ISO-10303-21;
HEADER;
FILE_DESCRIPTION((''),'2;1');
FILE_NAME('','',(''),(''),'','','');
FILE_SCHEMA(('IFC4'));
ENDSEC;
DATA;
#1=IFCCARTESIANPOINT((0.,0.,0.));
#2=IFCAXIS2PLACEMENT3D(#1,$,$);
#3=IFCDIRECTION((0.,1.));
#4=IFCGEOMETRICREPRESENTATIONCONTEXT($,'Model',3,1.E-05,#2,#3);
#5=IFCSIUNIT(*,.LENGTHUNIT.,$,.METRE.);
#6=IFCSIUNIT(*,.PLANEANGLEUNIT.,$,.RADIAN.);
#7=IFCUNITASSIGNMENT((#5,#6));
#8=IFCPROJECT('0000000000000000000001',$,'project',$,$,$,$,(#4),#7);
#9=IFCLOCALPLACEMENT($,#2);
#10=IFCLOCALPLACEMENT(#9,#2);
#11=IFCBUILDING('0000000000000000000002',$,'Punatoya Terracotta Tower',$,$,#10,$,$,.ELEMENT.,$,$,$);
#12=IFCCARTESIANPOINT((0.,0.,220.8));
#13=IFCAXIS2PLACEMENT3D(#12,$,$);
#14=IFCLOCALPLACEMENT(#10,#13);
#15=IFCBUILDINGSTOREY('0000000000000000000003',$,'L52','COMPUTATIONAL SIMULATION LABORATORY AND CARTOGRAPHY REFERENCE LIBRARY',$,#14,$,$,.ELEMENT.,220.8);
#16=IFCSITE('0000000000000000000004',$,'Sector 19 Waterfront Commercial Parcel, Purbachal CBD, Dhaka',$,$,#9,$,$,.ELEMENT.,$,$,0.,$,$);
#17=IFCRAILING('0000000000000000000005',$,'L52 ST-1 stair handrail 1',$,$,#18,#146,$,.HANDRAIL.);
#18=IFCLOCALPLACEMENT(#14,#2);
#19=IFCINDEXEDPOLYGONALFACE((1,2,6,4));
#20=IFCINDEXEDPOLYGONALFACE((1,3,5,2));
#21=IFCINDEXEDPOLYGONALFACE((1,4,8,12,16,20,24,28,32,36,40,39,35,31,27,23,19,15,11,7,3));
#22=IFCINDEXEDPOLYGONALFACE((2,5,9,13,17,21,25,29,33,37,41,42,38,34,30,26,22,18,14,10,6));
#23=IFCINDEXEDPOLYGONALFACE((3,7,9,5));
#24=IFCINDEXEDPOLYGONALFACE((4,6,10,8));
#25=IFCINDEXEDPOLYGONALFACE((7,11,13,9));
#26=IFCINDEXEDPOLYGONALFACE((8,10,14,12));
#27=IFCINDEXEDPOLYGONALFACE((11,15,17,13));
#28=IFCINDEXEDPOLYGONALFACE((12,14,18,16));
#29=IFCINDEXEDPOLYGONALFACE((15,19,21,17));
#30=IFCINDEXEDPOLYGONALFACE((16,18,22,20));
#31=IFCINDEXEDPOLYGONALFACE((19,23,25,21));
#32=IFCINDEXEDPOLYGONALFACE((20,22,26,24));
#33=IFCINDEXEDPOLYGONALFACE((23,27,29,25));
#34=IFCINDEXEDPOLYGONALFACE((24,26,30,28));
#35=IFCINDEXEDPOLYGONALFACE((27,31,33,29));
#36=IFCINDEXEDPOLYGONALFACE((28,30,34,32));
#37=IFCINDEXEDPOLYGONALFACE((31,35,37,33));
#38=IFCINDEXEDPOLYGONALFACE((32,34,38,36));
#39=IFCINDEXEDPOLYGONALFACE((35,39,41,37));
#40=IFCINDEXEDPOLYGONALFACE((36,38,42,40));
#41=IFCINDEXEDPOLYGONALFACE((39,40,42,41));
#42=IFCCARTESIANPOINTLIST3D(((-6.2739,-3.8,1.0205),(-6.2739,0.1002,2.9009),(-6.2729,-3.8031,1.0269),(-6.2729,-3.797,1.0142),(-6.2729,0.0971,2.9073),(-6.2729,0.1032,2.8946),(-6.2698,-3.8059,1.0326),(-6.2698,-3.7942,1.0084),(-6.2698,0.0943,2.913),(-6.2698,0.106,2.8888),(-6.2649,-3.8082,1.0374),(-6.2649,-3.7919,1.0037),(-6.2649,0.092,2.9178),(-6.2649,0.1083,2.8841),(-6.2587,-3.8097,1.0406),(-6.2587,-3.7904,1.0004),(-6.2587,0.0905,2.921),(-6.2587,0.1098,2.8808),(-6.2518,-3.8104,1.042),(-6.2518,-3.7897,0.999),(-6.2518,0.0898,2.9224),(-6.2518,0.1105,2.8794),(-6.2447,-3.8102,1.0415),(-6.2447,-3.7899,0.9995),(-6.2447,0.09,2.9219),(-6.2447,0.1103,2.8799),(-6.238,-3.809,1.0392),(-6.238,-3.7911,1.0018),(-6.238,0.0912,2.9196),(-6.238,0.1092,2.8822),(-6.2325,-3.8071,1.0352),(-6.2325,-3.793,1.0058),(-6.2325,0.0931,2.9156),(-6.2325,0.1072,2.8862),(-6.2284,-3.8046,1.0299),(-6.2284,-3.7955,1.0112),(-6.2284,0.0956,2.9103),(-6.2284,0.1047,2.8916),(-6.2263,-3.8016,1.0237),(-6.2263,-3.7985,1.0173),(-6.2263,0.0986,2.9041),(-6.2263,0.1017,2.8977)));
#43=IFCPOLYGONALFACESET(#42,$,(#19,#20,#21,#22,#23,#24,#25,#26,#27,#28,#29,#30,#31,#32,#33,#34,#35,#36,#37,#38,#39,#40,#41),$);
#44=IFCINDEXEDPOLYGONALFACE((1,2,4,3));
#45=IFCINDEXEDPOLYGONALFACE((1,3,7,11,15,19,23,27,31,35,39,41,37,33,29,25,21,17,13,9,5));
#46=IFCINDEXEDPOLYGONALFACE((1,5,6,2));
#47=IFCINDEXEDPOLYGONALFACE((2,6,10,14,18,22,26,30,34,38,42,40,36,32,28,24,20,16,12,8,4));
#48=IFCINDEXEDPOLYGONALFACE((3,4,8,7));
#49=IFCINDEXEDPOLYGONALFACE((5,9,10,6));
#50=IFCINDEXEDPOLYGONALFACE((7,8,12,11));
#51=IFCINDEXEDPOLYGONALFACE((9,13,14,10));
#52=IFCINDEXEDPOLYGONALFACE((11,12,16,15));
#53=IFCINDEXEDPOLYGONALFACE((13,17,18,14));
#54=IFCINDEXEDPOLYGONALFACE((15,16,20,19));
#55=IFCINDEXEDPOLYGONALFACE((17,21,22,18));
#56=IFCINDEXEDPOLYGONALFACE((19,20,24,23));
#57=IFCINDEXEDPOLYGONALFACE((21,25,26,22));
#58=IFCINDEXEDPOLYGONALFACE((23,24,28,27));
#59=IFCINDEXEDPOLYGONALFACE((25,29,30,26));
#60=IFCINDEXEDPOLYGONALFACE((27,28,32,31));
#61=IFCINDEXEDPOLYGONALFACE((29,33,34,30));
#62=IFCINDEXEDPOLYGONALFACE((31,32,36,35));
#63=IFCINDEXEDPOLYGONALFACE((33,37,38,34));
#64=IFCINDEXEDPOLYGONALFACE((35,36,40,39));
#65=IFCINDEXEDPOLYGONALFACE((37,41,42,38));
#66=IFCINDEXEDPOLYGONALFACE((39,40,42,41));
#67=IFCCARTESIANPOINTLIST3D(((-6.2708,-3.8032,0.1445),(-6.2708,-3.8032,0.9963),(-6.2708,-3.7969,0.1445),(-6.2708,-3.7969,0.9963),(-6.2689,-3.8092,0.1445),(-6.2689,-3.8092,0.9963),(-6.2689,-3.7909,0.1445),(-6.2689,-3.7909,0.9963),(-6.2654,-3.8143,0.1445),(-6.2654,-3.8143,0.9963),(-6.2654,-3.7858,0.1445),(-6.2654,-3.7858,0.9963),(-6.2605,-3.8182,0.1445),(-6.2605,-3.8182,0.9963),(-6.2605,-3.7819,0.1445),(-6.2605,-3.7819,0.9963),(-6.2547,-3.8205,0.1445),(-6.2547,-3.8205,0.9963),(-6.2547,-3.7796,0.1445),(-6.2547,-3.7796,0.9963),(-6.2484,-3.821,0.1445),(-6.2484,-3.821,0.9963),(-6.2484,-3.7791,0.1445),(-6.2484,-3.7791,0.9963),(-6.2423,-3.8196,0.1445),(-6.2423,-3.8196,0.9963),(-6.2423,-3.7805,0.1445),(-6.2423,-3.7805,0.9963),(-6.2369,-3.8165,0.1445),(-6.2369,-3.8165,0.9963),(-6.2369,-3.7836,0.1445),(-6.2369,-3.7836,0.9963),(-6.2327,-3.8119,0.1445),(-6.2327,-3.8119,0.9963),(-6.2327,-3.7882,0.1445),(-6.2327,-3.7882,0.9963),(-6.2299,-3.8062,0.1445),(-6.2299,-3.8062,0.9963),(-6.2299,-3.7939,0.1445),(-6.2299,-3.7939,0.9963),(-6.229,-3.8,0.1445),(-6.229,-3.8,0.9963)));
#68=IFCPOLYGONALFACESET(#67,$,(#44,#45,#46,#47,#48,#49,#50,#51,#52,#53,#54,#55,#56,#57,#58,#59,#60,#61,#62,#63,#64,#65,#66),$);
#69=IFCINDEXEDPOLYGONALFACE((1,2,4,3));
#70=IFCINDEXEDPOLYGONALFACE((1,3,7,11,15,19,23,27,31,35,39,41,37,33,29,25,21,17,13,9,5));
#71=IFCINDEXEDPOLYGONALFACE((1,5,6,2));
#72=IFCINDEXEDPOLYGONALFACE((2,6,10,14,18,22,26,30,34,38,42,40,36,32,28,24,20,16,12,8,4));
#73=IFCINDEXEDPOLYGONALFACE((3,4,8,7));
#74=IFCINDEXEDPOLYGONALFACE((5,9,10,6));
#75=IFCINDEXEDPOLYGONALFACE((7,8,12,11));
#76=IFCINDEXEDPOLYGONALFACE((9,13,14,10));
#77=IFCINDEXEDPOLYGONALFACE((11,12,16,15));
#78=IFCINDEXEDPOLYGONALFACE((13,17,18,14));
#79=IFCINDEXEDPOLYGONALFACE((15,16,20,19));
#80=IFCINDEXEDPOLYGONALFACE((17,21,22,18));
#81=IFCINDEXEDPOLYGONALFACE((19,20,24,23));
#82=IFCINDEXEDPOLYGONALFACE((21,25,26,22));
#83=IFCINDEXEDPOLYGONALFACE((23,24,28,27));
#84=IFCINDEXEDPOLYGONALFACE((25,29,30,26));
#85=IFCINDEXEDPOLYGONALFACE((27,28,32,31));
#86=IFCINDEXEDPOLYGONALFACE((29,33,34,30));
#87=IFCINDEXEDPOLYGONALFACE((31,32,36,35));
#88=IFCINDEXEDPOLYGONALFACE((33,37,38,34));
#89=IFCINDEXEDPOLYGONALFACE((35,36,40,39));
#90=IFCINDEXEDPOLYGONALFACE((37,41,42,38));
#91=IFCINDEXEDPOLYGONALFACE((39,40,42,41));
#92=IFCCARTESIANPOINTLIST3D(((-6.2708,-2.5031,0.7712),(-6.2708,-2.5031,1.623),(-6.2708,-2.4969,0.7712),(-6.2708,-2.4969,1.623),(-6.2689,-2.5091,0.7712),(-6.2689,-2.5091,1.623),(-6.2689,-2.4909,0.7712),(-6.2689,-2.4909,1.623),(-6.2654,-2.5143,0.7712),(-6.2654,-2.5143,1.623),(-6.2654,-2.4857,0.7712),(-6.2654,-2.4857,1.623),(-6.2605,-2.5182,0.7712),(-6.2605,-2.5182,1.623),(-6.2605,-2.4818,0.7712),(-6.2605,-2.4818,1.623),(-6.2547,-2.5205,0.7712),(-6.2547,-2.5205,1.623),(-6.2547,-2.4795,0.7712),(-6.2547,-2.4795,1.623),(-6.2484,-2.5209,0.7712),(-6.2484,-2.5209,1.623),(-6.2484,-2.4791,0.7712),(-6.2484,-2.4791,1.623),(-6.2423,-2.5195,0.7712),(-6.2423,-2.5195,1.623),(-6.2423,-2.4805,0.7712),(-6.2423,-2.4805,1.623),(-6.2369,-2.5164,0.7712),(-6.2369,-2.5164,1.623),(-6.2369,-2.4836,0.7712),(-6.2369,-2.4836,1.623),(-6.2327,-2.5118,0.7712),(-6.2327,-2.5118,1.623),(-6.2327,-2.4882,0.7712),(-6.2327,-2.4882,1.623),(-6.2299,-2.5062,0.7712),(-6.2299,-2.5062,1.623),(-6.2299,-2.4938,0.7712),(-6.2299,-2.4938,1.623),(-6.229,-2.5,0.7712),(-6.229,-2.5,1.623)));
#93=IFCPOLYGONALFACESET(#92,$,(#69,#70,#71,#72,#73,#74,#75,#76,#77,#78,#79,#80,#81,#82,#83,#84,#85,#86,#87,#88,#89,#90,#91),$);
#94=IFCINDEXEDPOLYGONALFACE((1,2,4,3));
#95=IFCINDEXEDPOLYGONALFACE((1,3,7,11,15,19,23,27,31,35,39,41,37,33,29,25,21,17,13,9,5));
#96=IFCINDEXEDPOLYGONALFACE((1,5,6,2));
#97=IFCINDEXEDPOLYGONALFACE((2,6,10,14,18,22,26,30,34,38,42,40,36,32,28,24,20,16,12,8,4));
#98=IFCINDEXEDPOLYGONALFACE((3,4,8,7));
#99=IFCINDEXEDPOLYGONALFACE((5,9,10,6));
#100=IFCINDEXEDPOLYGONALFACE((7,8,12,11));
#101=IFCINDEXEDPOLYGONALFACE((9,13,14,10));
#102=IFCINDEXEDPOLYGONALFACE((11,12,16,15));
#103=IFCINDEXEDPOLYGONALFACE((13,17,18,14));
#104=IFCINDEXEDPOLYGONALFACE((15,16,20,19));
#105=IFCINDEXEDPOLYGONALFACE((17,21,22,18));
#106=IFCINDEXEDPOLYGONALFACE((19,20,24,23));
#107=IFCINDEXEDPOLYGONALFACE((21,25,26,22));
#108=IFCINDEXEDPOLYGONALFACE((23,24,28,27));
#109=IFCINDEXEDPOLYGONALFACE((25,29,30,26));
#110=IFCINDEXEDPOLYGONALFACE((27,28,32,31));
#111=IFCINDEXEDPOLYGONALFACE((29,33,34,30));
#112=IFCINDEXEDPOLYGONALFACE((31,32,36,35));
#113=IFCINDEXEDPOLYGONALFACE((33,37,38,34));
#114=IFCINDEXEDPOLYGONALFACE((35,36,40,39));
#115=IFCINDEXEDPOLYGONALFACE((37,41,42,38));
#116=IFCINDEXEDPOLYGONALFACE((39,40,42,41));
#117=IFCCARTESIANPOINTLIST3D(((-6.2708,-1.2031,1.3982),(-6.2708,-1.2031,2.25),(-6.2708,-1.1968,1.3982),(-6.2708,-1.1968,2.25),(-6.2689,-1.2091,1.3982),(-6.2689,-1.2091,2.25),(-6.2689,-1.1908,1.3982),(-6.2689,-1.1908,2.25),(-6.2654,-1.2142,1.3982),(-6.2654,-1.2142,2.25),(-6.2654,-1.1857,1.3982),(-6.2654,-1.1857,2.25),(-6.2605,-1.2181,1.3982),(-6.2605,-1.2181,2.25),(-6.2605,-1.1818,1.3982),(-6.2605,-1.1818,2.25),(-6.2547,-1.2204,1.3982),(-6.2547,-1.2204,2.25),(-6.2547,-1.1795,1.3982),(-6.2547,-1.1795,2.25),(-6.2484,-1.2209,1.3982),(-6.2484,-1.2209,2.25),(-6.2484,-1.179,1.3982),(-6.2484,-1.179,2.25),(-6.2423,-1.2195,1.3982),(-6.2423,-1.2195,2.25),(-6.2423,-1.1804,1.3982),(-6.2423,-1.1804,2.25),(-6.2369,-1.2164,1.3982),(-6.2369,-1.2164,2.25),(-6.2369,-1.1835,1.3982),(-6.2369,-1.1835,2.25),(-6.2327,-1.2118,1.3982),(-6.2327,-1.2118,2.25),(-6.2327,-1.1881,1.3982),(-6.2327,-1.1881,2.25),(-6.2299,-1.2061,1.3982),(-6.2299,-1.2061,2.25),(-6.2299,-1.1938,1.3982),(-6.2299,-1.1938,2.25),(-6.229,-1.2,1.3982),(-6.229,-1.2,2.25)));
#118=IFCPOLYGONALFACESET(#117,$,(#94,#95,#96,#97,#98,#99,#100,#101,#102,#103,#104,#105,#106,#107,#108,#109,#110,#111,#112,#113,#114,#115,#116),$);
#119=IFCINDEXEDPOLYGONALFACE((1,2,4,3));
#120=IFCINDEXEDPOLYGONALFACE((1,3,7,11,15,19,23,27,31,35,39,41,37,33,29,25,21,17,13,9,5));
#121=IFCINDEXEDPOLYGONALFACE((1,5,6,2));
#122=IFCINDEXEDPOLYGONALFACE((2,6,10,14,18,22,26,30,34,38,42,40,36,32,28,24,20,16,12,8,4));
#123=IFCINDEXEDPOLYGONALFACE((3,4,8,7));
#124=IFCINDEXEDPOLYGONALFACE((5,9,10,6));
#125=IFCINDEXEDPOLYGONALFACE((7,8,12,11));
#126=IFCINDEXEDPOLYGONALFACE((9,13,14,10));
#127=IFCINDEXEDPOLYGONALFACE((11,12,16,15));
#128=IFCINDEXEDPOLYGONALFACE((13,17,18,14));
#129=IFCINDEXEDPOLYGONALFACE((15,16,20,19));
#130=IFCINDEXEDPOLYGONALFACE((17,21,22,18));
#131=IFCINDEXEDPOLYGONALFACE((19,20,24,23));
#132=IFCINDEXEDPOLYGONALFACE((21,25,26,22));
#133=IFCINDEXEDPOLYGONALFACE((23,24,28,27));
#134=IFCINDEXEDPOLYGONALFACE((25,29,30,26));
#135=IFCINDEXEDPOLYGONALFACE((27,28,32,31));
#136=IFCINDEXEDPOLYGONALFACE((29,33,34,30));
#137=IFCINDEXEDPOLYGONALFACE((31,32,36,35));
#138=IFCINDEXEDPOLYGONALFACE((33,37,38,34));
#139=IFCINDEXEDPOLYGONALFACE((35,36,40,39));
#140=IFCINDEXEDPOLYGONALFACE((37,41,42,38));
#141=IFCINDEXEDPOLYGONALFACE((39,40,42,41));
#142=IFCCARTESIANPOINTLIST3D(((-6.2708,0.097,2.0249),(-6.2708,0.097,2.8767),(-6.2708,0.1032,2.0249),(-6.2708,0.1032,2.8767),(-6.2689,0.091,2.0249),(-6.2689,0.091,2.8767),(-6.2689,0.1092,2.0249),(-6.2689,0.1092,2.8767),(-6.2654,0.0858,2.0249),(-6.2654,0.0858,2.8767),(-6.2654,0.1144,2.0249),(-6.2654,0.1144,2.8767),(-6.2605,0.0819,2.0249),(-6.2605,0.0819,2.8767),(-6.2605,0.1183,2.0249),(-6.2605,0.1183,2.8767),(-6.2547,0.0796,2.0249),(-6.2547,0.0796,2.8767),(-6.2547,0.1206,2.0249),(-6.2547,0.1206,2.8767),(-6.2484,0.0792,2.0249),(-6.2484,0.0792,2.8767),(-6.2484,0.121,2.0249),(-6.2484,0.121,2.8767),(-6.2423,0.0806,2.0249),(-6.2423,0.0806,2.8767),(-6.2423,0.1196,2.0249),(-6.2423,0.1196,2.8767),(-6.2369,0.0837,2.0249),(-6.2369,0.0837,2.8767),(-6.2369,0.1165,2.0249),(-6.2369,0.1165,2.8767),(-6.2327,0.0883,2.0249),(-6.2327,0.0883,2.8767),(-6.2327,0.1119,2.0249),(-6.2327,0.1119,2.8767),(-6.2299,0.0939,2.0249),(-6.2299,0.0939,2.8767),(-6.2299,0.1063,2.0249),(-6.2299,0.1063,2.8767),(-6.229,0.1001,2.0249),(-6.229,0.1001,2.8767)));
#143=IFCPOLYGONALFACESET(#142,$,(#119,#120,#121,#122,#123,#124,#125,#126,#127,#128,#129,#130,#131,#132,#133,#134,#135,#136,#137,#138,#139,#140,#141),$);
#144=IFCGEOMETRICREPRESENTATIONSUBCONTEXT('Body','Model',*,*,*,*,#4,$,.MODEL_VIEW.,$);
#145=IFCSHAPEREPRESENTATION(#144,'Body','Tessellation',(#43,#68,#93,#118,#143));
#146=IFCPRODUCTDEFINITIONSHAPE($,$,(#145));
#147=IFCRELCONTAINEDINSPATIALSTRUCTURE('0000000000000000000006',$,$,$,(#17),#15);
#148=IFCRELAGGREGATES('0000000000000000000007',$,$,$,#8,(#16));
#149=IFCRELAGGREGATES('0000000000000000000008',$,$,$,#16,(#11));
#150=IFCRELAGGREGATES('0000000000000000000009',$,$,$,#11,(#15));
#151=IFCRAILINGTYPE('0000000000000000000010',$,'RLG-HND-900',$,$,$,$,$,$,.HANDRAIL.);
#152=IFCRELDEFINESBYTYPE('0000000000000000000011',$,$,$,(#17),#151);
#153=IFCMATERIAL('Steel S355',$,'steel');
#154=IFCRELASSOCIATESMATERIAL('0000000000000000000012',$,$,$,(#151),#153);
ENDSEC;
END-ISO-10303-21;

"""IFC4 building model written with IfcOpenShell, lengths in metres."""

from ifc_helpers import new_model, si_unit, direction, frame, origin, origin_2d, place, context, subcontext, project, spatial, circle, extrude, material, type_object, element, save


model = new_model("IFC4")

# Units and contexts
model_context = context("Model", 3, precision=1e-05, world=origin(), true_north=direction((0.0, 1.0)))
body_context = subcontext(model_context, "Body", "Model", "MODEL_VIEW")
ifc_project = project(units=[si_unit("LENGTHUNIT", "METRE"), si_unit("PLANEANGLEUNIT", "RADIAN")], contexts=[model_context])

# Site, building, storey
site_placement = place(None, origin())
site = spatial("IfcSite", under=ifc_project, at=site_placement, Name="Sector 19 Waterfront Commercial Parcel, Purbachal CBD, Dhaka", CompositionType="ELEMENT", RefElevation=0.0)
building_placement = place(site_placement, origin())
building = spatial("IfcBuilding", under=site, at=building_placement, Name="Punatoya Terracotta Tower", CompositionType="ELEMENT")
storey_placement = place(building_placement, frame((0.0, 0.0, 220.8)))
storey = spatial("IfcBuildingStorey", under=building, at=storey_placement, Name="L52", Description="COMPUTATIONAL SIMULATION LABORATORY AND CARTOGRAPHY REFERENCE LIBRARY", CompositionType="ELEMENT", Elevation=220.8)

# Railing
ifc_material_1 = material(Name="Steel S355", Category="steel")
railing_type_1 = type_object("IfcRailingType", Name="RLG-HND-900", PredefinedType="HANDRAIL", material=ifc_material_1)
railing_1_placement = place(storey_placement, frame((-6.25, -3.8, 0.1445)))
element("IfcRailing", 1, at=railing_1_placement, inside=storey, type_object=railing_type_1, Name="L52 ST-1 stair handrail 1", PredefinedType="HANDRAIL", context=body_context, shape_type="SweptSolid", body=[
    extrude(circle(Radius=0.0239, at=origin_2d()), frame((0.0, 0.0, 0.876), z_axis=(0.0, 0.900774, 0.434289), x_axis=(-1.0, 0.0, 0.0)), (0.0, 0.0, 1.0), 4.3298),
    extrude(circle(Radius=0.021, at=origin_2d()), origin(), (0.0, 0.0, 1.0), 0.8518),
    extrude(circle(Radius=0.021, at=origin_2d()), frame((0.0, 1.3, 0.6267)), (0.0, 0.0, 1.0), 0.8518),
    extrude(circle(Radius=0.021, at=origin_2d()), frame((0.0, 2.6001, 1.2537)), (0.0, 0.0, 1.0), 0.8518),
    extrude(circle(Radius=0.021, at=origin_2d()), frame((0.0, 3.9001, 1.8804)), (0.0, 0.0, 1.0), 0.8518),
])

save(model, "model.ifc")
